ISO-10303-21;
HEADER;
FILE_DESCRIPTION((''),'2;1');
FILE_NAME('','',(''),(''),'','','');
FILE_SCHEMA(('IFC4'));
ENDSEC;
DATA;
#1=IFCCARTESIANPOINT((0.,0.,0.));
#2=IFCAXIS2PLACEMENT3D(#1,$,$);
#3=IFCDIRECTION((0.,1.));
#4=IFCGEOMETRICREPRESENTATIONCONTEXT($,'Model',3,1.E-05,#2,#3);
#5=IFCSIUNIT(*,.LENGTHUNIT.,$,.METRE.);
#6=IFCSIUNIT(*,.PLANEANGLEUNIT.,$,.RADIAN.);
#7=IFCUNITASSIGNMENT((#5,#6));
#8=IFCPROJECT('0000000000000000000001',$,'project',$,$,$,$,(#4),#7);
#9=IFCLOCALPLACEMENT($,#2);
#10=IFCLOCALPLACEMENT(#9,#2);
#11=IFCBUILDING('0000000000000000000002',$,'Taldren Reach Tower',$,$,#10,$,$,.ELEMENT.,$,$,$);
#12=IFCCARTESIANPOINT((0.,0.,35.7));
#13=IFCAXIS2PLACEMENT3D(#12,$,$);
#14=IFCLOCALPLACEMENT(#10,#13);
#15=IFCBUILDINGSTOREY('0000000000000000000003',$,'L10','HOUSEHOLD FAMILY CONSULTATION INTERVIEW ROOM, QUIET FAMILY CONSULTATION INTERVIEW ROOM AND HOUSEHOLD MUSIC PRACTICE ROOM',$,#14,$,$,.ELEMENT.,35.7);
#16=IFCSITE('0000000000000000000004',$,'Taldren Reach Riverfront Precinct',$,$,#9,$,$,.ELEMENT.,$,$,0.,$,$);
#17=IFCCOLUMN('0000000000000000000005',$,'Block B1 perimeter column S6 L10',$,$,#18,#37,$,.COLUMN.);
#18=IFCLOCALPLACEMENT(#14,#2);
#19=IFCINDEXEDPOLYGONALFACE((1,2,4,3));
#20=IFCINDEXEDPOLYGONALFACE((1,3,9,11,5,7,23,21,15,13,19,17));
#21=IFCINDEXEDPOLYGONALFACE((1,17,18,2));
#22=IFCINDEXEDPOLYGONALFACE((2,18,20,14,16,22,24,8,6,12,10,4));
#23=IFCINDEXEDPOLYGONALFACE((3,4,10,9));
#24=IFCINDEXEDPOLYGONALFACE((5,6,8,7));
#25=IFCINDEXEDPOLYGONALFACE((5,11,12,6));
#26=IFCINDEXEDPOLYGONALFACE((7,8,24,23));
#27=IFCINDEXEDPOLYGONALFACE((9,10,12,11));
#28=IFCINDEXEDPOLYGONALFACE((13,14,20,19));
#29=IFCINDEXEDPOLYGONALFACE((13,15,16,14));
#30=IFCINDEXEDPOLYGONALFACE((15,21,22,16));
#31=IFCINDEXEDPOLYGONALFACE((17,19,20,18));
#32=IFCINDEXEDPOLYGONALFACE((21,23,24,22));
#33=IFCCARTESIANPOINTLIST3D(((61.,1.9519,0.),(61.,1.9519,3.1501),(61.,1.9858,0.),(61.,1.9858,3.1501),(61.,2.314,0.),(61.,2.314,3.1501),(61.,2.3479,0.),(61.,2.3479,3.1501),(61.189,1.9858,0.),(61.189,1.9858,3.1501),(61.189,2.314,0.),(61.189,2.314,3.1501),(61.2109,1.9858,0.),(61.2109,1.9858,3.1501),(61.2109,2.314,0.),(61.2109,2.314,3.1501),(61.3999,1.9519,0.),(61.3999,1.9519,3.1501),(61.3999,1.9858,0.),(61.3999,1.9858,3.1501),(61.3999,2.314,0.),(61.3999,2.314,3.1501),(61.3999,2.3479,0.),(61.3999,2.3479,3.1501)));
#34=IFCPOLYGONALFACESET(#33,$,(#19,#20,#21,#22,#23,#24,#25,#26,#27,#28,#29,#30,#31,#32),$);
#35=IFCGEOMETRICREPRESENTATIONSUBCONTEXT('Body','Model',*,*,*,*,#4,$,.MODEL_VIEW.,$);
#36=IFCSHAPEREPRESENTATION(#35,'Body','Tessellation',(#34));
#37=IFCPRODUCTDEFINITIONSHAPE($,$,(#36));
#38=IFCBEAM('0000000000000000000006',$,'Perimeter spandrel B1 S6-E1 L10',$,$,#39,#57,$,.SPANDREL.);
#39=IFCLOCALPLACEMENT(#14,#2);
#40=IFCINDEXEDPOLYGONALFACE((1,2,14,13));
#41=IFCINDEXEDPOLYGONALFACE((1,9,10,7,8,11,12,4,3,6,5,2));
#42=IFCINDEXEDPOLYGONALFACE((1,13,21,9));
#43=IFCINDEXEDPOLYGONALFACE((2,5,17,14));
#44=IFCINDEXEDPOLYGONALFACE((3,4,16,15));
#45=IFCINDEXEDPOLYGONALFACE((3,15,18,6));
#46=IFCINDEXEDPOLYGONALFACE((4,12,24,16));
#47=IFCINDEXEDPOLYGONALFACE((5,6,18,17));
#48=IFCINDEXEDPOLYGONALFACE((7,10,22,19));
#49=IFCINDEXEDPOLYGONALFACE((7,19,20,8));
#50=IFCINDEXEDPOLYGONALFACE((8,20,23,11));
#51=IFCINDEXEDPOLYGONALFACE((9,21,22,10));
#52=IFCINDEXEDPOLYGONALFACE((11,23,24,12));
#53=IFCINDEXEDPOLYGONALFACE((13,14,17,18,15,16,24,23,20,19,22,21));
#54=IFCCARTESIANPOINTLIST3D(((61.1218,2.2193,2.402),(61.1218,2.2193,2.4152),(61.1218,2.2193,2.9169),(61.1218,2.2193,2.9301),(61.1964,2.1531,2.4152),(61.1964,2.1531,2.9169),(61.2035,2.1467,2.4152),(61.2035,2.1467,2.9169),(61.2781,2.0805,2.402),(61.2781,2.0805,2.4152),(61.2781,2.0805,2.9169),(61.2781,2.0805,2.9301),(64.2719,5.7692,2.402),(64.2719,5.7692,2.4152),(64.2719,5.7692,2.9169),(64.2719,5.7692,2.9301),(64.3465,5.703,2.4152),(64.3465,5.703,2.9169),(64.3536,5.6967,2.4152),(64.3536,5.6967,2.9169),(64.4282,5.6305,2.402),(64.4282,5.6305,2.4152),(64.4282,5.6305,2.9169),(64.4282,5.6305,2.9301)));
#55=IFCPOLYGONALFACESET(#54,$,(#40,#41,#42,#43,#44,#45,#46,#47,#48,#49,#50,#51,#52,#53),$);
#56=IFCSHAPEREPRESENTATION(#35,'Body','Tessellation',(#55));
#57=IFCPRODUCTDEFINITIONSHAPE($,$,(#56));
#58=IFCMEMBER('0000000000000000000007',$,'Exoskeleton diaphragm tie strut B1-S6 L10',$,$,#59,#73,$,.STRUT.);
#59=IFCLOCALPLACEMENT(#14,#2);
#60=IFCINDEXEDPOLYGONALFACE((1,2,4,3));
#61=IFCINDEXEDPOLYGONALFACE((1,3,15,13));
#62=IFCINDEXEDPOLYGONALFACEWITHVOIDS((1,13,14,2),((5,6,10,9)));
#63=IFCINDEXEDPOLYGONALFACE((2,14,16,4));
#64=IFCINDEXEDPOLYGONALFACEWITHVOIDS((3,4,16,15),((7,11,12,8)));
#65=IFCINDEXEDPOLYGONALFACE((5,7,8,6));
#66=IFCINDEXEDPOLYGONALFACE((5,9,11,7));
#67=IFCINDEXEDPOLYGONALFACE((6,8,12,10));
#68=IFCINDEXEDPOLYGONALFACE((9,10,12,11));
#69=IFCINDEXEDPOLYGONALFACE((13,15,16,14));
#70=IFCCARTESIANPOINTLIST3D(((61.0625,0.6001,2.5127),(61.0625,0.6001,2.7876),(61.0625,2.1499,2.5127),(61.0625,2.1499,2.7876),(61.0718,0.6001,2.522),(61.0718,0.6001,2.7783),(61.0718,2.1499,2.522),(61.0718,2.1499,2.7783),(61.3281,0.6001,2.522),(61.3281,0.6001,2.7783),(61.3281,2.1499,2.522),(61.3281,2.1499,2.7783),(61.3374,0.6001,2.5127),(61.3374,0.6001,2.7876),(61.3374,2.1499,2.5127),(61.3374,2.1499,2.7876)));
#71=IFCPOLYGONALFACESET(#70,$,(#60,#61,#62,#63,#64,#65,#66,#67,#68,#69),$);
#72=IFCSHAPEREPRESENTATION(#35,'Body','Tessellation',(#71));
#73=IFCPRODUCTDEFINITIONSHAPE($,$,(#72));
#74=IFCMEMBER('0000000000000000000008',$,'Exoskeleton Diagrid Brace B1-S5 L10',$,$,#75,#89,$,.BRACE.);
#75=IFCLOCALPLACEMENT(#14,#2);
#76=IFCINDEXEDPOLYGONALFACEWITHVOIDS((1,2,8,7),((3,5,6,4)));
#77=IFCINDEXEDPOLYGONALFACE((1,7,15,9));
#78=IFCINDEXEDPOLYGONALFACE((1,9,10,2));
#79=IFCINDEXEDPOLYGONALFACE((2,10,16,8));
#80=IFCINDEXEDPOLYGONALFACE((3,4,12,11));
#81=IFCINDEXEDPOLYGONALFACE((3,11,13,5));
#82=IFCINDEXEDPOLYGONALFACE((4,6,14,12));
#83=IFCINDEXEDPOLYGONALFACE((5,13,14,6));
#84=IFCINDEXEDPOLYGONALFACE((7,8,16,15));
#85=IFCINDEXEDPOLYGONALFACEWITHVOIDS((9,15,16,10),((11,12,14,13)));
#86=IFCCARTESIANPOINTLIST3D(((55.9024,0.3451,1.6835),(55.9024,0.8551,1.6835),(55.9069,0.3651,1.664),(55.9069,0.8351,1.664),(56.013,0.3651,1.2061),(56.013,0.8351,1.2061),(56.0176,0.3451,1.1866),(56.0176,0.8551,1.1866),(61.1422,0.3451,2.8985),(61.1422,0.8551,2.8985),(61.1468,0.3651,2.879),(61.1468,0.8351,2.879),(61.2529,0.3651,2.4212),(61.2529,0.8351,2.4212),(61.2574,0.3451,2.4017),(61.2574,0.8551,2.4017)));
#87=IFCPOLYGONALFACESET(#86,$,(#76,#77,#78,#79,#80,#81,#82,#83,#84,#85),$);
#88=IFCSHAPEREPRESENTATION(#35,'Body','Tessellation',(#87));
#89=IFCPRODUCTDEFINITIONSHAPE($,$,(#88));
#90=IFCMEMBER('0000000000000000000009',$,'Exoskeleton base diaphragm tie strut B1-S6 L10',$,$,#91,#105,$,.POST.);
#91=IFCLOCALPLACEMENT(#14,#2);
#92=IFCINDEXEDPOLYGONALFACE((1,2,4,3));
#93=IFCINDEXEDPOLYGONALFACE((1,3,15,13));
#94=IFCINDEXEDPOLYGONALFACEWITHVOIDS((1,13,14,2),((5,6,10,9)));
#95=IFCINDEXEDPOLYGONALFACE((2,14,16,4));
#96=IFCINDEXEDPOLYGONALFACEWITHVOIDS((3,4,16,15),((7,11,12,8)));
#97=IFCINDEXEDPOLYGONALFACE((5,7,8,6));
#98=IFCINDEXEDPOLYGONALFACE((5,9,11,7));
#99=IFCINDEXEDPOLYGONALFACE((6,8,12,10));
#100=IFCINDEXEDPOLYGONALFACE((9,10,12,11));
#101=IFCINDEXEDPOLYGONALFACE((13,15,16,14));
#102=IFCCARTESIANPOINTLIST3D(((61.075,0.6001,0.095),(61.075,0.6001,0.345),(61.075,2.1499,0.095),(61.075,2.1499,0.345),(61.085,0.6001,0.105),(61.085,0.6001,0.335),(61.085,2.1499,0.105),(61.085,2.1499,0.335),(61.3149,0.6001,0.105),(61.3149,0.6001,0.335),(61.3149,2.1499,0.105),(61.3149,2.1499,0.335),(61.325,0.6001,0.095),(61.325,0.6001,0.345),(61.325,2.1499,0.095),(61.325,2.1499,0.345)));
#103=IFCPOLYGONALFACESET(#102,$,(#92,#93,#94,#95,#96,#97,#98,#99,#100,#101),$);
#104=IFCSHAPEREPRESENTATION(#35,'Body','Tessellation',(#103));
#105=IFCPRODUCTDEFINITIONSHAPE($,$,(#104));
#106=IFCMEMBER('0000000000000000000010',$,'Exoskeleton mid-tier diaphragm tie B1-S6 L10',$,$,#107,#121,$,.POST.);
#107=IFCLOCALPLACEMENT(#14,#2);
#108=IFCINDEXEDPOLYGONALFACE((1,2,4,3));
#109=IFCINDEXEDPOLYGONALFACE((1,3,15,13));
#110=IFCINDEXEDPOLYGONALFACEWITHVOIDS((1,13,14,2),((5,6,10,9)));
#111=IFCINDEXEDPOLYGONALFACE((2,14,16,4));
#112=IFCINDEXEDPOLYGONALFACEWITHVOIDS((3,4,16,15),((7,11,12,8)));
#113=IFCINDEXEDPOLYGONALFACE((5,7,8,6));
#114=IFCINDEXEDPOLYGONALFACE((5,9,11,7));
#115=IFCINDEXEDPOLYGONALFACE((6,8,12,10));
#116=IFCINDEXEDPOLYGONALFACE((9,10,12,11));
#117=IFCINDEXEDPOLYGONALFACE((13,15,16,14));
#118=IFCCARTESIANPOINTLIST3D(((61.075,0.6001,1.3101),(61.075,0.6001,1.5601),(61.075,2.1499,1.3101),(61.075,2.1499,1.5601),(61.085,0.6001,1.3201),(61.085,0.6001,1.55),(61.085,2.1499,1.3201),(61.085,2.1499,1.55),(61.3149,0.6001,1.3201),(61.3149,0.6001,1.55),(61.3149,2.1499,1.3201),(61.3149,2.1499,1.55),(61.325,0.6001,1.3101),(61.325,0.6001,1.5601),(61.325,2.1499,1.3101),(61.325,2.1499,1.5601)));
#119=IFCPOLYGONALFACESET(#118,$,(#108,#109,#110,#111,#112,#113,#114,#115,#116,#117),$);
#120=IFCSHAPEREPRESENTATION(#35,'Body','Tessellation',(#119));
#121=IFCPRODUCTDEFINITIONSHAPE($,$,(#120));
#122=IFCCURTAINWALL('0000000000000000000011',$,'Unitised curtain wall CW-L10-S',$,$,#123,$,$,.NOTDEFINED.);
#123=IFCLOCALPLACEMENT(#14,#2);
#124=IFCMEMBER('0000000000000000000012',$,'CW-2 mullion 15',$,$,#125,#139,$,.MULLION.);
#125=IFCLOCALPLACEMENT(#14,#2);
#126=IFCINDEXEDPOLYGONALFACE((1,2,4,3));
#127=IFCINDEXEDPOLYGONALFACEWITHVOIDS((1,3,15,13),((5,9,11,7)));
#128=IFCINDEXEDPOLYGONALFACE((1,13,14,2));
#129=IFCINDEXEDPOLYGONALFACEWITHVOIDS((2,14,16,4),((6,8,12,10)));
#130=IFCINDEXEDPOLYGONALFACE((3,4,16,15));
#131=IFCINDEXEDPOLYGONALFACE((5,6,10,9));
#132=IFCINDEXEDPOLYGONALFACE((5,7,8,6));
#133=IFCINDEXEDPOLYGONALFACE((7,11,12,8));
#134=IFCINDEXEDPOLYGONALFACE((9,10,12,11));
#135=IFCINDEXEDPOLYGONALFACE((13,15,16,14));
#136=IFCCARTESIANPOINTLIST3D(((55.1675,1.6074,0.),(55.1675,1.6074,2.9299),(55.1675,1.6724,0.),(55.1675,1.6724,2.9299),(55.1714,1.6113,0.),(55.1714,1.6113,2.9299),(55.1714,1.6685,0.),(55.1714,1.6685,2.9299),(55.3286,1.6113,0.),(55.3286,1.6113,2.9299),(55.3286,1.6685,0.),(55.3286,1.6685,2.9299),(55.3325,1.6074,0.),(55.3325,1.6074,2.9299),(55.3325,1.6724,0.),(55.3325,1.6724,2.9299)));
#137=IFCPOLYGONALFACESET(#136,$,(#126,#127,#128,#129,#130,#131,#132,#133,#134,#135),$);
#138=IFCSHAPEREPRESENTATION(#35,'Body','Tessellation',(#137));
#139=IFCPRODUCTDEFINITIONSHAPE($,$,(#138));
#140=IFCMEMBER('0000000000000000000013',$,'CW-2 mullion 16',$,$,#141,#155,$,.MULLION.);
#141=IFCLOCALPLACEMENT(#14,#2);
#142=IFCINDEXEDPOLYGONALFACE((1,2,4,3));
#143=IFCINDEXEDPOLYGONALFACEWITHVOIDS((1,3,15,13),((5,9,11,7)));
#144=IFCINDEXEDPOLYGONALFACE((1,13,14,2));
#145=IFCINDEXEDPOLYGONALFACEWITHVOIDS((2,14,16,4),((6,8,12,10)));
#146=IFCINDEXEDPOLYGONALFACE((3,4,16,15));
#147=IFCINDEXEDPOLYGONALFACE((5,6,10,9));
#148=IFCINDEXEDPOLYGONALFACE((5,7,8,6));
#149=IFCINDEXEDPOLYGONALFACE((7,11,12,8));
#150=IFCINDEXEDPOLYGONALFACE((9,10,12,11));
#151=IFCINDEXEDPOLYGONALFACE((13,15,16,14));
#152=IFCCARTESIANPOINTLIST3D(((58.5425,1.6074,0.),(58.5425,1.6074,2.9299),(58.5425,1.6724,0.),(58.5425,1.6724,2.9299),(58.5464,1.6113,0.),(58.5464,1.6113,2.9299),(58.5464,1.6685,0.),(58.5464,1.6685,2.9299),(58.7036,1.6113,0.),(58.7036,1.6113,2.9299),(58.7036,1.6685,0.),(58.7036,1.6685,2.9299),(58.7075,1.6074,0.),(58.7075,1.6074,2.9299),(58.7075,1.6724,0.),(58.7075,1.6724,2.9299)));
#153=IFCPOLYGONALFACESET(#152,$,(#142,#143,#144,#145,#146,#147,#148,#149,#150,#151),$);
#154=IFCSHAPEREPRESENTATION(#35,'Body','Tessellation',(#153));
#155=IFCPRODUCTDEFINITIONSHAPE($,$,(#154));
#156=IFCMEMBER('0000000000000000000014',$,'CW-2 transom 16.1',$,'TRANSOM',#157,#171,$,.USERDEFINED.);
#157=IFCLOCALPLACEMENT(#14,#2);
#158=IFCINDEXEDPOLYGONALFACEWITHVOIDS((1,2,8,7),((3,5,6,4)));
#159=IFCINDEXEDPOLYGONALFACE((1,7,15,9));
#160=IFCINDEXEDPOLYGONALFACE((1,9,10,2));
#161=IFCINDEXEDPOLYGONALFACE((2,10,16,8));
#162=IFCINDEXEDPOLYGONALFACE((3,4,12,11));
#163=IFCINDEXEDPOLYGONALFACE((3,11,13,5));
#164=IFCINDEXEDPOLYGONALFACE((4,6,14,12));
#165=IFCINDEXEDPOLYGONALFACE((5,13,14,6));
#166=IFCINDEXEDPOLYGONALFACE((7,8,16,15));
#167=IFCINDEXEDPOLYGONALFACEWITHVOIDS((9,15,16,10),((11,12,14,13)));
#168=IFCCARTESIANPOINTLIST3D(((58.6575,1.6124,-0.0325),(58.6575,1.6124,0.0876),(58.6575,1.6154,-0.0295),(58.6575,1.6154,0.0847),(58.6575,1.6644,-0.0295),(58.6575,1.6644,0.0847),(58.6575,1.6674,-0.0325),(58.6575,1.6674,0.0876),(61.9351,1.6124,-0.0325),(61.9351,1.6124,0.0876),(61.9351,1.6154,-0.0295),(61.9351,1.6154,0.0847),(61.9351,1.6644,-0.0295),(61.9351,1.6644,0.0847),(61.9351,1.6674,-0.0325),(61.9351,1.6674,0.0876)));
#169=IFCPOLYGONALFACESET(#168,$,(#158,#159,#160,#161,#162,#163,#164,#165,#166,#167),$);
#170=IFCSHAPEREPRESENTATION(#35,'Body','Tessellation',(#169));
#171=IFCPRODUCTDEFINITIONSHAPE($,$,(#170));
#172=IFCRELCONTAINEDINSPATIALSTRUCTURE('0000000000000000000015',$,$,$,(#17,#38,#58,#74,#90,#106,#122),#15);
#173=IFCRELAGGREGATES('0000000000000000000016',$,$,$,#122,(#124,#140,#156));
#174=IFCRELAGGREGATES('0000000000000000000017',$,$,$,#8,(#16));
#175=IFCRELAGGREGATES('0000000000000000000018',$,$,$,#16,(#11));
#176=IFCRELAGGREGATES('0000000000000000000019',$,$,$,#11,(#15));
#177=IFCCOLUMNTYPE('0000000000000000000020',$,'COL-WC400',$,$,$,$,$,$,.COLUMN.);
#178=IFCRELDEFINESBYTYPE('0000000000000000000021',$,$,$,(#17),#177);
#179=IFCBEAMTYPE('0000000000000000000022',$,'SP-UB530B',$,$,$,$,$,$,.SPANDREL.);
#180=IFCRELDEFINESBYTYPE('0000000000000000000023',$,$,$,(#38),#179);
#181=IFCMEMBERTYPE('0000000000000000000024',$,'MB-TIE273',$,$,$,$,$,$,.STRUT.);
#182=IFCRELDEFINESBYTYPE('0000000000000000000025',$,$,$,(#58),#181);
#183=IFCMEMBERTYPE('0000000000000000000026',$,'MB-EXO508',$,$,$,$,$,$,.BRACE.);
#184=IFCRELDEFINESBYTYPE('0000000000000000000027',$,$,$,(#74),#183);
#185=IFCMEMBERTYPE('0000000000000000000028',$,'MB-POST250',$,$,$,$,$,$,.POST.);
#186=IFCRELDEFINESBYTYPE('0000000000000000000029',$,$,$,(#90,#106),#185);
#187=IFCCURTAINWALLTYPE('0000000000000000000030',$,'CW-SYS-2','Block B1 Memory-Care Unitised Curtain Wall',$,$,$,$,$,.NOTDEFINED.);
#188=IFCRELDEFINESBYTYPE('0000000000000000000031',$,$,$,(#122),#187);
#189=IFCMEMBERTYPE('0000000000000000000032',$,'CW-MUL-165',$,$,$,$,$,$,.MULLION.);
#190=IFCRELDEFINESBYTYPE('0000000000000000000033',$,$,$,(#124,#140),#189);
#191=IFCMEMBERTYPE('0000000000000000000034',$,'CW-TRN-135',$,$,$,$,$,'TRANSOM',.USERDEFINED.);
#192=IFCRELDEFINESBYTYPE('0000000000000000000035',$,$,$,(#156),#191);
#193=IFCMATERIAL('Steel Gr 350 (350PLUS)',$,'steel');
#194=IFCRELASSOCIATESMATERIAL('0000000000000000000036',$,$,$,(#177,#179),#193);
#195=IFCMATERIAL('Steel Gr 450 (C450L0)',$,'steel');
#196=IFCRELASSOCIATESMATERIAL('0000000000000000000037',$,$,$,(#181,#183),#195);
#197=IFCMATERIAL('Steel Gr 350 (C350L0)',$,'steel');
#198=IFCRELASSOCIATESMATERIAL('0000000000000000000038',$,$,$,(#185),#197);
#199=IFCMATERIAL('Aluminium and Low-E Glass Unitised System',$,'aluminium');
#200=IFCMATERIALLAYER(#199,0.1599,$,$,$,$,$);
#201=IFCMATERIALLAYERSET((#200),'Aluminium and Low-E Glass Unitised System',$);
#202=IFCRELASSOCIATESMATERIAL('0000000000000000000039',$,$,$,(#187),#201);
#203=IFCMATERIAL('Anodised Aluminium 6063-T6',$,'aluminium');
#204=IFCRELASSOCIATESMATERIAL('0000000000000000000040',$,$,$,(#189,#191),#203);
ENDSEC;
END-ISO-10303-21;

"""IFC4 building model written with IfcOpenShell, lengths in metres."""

from ifc_helpers import new_model, si_unit, direction, frame, origin, origin_2d, place, context, subcontext, project, spatial, hollow_rectangle, i_section, extrude, source, transform, mapped, material, layer, layer_set, material_profile, profile_set, type_object, element, aggregate, save


model = new_model("IFC4")

# Units and contexts
model_context = context("Model", 3, precision=1e-05, world=origin(), true_north=direction((0.0, 1.0)))
body_context = subcontext(model_context, "Body", "Model", "MODEL_VIEW")
ifc_project = project(units=[si_unit("LENGTHUNIT", "METRE"), si_unit("PLANEANGLEUNIT", "RADIAN")], contexts=[model_context])

# Site, building, storey
site_placement = place(None, origin())
site = spatial("IfcSite", under=ifc_project, at=site_placement, Name="Taldren Reach Riverfront Precinct", CompositionType="ELEMENT", RefElevation=0.0)
building_placement = place(site_placement, origin())
building = spatial("IfcBuilding", under=site, at=building_placement, Name="Taldren Reach Tower", CompositionType="ELEMENT")
storey_placement = place(building_placement, frame((0.0, 0.0, 35.7)))
storey = spatial("IfcBuildingStorey", under=building, at=storey_placement, Name="L10", Description="HOUSEHOLD FAMILY CONSULTATION INTERVIEW ROOM, QUIET FAMILY CONSULTATION INTERVIEW ROOM AND HOUSEHOLD MUSIC PRACTICE ROOM", CompositionType="ELEMENT", Elevation=35.7)

# Column
ifc_material_1 = material(Name="Steel Gr 350 (350PLUS)", Category="steel")
ifc_material_profile_1 = material_profile(ifc_material_1, i_section(OverallWidth=0.3999, OverallDepth=0.396, WebThickness=0.022, FlangeThickness=0.0339, at=origin_2d()), Name="400WC270")
ifc_profile_set_1 = profile_set([ifc_material_profile_1], Name="Steel Gr 350 (350PLUS)")
column_type = type_object("IfcColumnType", Name="COL-WC400", PredefinedType="COLUMN", material=ifc_profile_set_1)
shared_shape_1 = source(origin(), body_context, "Body", "SweptSolid", [
    extrude(i_section(OverallWidth=0.3999, OverallDepth=0.396, WebThickness=0.022, FlangeThickness=0.0339, at=origin_2d()), origin(), (0.0, 0.0, 1.0), 3.1501),
])
column_placement = place(storey_placement, frame((61.2, 2.1499, 0.0), z_axis=(0.0, 0.0, 1.0), x_axis=(1.0, 0.0, 0.0)))
element("IfcColumn", 1, at=column_placement, inside=storey, type_object=column_type, Name="Block B1 perimeter column S6 L10", PredefinedType="COLUMN", context=body_context, shape_type="MappedRepresentation", body=[
    mapped(shared_shape_1, transform((0.0, 0.0, 0.0), scale=1.0)),
])

# Beam
ifc_material_profile_2 = material_profile(ifc_material_1, i_section(OverallWidth=0.209, OverallDepth=0.5281, WebThickness=0.0095, FlangeThickness=0.0132, at=origin_2d()), Name="530UB82.0")
ifc_profile_set_2 = profile_set([ifc_material_profile_2], Name="Steel Gr 350 (350PLUS)")
beam_type = type_object("IfcBeamType", Name="SP-UB530B", PredefinedType="SPANDREL", material=ifc_profile_set_2)
shared_shape_2 = source(origin(), body_context, "Body", "SweptSolid", [
    extrude(i_section(OverallWidth=0.209, OverallDepth=0.5281, WebThickness=0.0095, FlangeThickness=0.0132, at=origin_2d()), origin(), (0.0, 0.0, 1.0), 4.7461),
])
beam_placement = place(storey_placement, frame((61.2, 2.1499, 2.666), z_axis=(0.663722, 0.747979, 0.0), x_axis=(-0.747979, 0.663722, 0.0)))
element("IfcBeam", 2, at=beam_placement, inside=storey, type_object=beam_type, Name="Perimeter spandrel B1 S6-E1 L10", PredefinedType="SPANDREL", context=body_context, shape_type="MappedRepresentation", body=[
    mapped(shared_shape_2, transform((0.0, 0.0, 0.0), scale=1.0)),
])

# Members
ifc_material_2 = material(Name="Steel Gr 450 (C450L0)", Category="steel")
ifc_material_profile_3 = material_profile(ifc_material_2, hollow_rectangle(XDim=0.2749, YDim=0.2749, WallThickness=0.0093, at=origin_2d()), Name="275x275x9.3SHS")
ifc_profile_set_3 = profile_set([ifc_material_profile_3], Name="Steel Gr 450 (C450L0)")
member_type_1 = type_object("IfcMemberType", Name="MB-TIE273", PredefinedType="STRUT", material=ifc_profile_set_3)
shared_shape_3 = source(origin(), body_context, "Body", "SweptSolid", [
    extrude(hollow_rectangle(XDim=0.2749, YDim=0.2749, WallThickness=0.0093, at=origin_2d()), origin(), (0.0, 0.0, 1.0), 1.5498),
])
member_1_placement = place(storey_placement, frame((61.2, 2.1499, 2.6501), z_axis=(0.0, -1.0, 0.0), x_axis=(1.0, 0.0, 0.0)))
element("IfcMember", 3, at=member_1_placement, inside=storey, type_object=member_type_1, Name="Exoskeleton diaphragm tie strut B1-S6 L10", PredefinedType="STRUT", context=body_context, shape_type="MappedRepresentation", body=[
    mapped(shared_shape_3, transform((0.0, 0.0, 0.0), scale=1.0)),
])
ifc_material_profile_4 = material_profile(ifc_material_2, hollow_rectangle(XDim=0.51, YDim=0.51, WallThickness=0.02, at=origin_2d()), Name="510x510x20.0SHS")
ifc_profile_set_4 = profile_set([ifc_material_profile_4], Name="Steel Gr 450 (C450L0)")
member_type_2 = type_object("IfcMemberType", Name="MB-EXO508", PredefinedType="BRACE", material=ifc_profile_set_4)
shared_shape_4 = source(origin(), body_context, "Body", "SweptSolid", [
    extrude(hollow_rectangle(XDim=0.51, YDim=0.51, WallThickness=0.02, at=origin_2d()), origin(), (0.0, 0.0, 1.0), 5.3789),
])
member_2_placement = place(storey_placement, frame((55.96, 0.6001, 1.4351), z_axis=(0.974152, 0.0, 0.225894), x_axis=(0.0, 1.0, 0.0)))
element("IfcMember", 4, at=member_2_placement, inside=storey, type_object=member_type_2, Name="Exoskeleton Diagrid Brace B1-S5 L10", PredefinedType="BRACE", context=body_context, shape_type="MappedRepresentation", body=[
    mapped(shared_shape_4, transform((0.0, 0.0, 0.0), scale=1.0)),
])
ifc_material_3 = material(Name="Steel Gr 350 (C350L0)", Category="steel")
ifc_material_profile_5 = material_profile(ifc_material_3, hollow_rectangle(XDim=0.25, YDim=0.25, WallThickness=0.01, at=origin_2d()), Name="250x250x10.0SHS")
ifc_profile_set_5 = profile_set([ifc_material_profile_5], Name="Steel Gr 350 (C350L0)")
member_type_3 = type_object("IfcMemberType", Name="MB-POST250", PredefinedType="POST", material=ifc_profile_set_5)
shared_shape_5 = source(origin(), body_context, "Body", "SweptSolid", [
    extrude(hollow_rectangle(XDim=0.25, YDim=0.25, WallThickness=0.01, at=origin_2d()), origin(), (0.0, 0.0, 1.0), 1.5498),
])
for number, where, z_axis, x_axis, name in (
    (5, (61.2, 2.1499, 0.22), (0.0, -1.0, 0.0), (1.0, 0.0, 0.0), "Exoskeleton base diaphragm tie strut B1-S6 L10"),
    (6, (61.2, 2.1499, 1.4351), (0.0, -1.0, 0.0), (1.0, 0.0, 0.0), "Exoskeleton mid-tier diaphragm tie B1-S6 L10"),
):
    element("IfcMember", number, at=place(storey_placement, frame(where, z_axis=z_axis, x_axis=x_axis)), inside=storey, type_object=member_type_3, Name=name, PredefinedType="POST", context=body_context, shape_type="MappedRepresentation", body=[
        mapped(shared_shape_5, transform((0.0, 0.0, 0.0), scale=1.0)),
    ])

# Curtain wall, members
ifc_material_4 = material(Name="Aluminium and Low-E Glass Unitised System", Category="aluminium")
ifc_layer_1 = layer(ifc_material_4, 0.1599)
ifc_layer_set_1 = layer_set([ifc_layer_1], Name="Aluminium and Low-E Glass Unitised System")
curtain_wall_type = type_object("IfcCurtainWallType", Name="CW-SYS-2", Description="Block B1 Memory-Care Unitised Curtain Wall", PredefinedType="NOTDEFINED", material=ifc_layer_set_1)
curtain_wall_placement = place(storey_placement, origin())
curtain_wall = element("IfcCurtainWall", 7, at=curtain_wall_placement, inside=storey, type_object=curtain_wall_type, Name="Unitised curtain wall CW-L10-S", PredefinedType="NOTDEFINED")
ifc_material_5 = material(Name="Anodised Aluminium 6063-T6", Category="aluminium")
ifc_material_profile_6 = material_profile(ifc_material_5, hollow_rectangle(XDim=0.0649, YDim=0.165, WallThickness=0.0039, at=origin_2d()), Name="ALU-165x65x4RHS")
ifc_profile_set_6 = profile_set([ifc_material_profile_6], Name="Anodised Aluminium 6063-T6")
member_type_4 = type_object("IfcMemberType", Name="CW-MUL-165", PredefinedType="MULLION", material=ifc_profile_set_6)
shared_shape_6 = source(origin(), body_context, "Body", "SweptSolid", [
    extrude(hollow_rectangle(XDim=0.0649, YDim=0.165, WallThickness=0.0039, at=origin_2d()), origin(), (0.0, 0.0, 1.0), 2.9299),
])
member_3_placement = place(storey_placement, frame((55.25, 1.6399, 0.0), z_axis=(0.0, 0.0, 1.0), x_axis=(0.0, 1.0, 0.0)))
member_3 = element("IfcMember", 8, at=member_3_placement, type_object=member_type_4, Name="CW-2 mullion 15", PredefinedType="MULLION", context=body_context, shape_type="MappedRepresentation", body=[
    mapped(shared_shape_6, transform((0.0, 0.0, 0.0), scale=1.0)),
])
member_4_placement = place(storey_placement, frame((58.625, 1.6399, 0.0), z_axis=(0.0, 0.0, 1.0), x_axis=(0.0, 1.0, 0.0)))
member_4 = element("IfcMember", 9, at=member_4_placement, type_object=member_type_4, Name="CW-2 mullion 16", PredefinedType="MULLION", context=body_context, shape_type="MappedRepresentation", body=[
    mapped(shared_shape_6, transform((0.0, 0.0, 0.0), scale=1.0)),
])
ifc_material_profile_7 = material_profile(ifc_material_5, hollow_rectangle(XDim=0.0549, YDim=0.1201, WallThickness=0.0029, at=origin_2d()), Name="ALU-120x55x3RHS")
ifc_profile_set_7 = profile_set([ifc_material_profile_7], Name="Anodised Aluminium 6063-T6")
member_type_5 = type_object("IfcMemberType", Name="CW-TRN-135", ElementType="TRANSOM", PredefinedType="USERDEFINED", material=ifc_profile_set_7)
shared_shape_7 = source(origin(), body_context, "Body", "SweptSolid", [
    extrude(hollow_rectangle(XDim=0.0549, YDim=0.1201, WallThickness=0.0029, at=origin_2d()), origin(), (0.0, 0.0, 1.0), 3.2776),
])
member_5_placement = place(storey_placement, frame((58.6575, 1.6399, 0.0276), z_axis=(1.0, 0.0, 0.0), x_axis=(0.0, 1.0, 0.0)))
member_5 = element("IfcMember", 10, at=member_5_placement, type_object=member_type_5, Name="CW-2 transom 16.1", ObjectType="TRANSOM", PredefinedType="USERDEFINED", context=body_context, shape_type="MappedRepresentation", body=[
    mapped(shared_shape_7, transform((0.0, 0.0, 0.0), scale=1.0)),
])

aggregate(curtain_wall, [member_3, member_4, member_5])

save(model, "model.ifc")
